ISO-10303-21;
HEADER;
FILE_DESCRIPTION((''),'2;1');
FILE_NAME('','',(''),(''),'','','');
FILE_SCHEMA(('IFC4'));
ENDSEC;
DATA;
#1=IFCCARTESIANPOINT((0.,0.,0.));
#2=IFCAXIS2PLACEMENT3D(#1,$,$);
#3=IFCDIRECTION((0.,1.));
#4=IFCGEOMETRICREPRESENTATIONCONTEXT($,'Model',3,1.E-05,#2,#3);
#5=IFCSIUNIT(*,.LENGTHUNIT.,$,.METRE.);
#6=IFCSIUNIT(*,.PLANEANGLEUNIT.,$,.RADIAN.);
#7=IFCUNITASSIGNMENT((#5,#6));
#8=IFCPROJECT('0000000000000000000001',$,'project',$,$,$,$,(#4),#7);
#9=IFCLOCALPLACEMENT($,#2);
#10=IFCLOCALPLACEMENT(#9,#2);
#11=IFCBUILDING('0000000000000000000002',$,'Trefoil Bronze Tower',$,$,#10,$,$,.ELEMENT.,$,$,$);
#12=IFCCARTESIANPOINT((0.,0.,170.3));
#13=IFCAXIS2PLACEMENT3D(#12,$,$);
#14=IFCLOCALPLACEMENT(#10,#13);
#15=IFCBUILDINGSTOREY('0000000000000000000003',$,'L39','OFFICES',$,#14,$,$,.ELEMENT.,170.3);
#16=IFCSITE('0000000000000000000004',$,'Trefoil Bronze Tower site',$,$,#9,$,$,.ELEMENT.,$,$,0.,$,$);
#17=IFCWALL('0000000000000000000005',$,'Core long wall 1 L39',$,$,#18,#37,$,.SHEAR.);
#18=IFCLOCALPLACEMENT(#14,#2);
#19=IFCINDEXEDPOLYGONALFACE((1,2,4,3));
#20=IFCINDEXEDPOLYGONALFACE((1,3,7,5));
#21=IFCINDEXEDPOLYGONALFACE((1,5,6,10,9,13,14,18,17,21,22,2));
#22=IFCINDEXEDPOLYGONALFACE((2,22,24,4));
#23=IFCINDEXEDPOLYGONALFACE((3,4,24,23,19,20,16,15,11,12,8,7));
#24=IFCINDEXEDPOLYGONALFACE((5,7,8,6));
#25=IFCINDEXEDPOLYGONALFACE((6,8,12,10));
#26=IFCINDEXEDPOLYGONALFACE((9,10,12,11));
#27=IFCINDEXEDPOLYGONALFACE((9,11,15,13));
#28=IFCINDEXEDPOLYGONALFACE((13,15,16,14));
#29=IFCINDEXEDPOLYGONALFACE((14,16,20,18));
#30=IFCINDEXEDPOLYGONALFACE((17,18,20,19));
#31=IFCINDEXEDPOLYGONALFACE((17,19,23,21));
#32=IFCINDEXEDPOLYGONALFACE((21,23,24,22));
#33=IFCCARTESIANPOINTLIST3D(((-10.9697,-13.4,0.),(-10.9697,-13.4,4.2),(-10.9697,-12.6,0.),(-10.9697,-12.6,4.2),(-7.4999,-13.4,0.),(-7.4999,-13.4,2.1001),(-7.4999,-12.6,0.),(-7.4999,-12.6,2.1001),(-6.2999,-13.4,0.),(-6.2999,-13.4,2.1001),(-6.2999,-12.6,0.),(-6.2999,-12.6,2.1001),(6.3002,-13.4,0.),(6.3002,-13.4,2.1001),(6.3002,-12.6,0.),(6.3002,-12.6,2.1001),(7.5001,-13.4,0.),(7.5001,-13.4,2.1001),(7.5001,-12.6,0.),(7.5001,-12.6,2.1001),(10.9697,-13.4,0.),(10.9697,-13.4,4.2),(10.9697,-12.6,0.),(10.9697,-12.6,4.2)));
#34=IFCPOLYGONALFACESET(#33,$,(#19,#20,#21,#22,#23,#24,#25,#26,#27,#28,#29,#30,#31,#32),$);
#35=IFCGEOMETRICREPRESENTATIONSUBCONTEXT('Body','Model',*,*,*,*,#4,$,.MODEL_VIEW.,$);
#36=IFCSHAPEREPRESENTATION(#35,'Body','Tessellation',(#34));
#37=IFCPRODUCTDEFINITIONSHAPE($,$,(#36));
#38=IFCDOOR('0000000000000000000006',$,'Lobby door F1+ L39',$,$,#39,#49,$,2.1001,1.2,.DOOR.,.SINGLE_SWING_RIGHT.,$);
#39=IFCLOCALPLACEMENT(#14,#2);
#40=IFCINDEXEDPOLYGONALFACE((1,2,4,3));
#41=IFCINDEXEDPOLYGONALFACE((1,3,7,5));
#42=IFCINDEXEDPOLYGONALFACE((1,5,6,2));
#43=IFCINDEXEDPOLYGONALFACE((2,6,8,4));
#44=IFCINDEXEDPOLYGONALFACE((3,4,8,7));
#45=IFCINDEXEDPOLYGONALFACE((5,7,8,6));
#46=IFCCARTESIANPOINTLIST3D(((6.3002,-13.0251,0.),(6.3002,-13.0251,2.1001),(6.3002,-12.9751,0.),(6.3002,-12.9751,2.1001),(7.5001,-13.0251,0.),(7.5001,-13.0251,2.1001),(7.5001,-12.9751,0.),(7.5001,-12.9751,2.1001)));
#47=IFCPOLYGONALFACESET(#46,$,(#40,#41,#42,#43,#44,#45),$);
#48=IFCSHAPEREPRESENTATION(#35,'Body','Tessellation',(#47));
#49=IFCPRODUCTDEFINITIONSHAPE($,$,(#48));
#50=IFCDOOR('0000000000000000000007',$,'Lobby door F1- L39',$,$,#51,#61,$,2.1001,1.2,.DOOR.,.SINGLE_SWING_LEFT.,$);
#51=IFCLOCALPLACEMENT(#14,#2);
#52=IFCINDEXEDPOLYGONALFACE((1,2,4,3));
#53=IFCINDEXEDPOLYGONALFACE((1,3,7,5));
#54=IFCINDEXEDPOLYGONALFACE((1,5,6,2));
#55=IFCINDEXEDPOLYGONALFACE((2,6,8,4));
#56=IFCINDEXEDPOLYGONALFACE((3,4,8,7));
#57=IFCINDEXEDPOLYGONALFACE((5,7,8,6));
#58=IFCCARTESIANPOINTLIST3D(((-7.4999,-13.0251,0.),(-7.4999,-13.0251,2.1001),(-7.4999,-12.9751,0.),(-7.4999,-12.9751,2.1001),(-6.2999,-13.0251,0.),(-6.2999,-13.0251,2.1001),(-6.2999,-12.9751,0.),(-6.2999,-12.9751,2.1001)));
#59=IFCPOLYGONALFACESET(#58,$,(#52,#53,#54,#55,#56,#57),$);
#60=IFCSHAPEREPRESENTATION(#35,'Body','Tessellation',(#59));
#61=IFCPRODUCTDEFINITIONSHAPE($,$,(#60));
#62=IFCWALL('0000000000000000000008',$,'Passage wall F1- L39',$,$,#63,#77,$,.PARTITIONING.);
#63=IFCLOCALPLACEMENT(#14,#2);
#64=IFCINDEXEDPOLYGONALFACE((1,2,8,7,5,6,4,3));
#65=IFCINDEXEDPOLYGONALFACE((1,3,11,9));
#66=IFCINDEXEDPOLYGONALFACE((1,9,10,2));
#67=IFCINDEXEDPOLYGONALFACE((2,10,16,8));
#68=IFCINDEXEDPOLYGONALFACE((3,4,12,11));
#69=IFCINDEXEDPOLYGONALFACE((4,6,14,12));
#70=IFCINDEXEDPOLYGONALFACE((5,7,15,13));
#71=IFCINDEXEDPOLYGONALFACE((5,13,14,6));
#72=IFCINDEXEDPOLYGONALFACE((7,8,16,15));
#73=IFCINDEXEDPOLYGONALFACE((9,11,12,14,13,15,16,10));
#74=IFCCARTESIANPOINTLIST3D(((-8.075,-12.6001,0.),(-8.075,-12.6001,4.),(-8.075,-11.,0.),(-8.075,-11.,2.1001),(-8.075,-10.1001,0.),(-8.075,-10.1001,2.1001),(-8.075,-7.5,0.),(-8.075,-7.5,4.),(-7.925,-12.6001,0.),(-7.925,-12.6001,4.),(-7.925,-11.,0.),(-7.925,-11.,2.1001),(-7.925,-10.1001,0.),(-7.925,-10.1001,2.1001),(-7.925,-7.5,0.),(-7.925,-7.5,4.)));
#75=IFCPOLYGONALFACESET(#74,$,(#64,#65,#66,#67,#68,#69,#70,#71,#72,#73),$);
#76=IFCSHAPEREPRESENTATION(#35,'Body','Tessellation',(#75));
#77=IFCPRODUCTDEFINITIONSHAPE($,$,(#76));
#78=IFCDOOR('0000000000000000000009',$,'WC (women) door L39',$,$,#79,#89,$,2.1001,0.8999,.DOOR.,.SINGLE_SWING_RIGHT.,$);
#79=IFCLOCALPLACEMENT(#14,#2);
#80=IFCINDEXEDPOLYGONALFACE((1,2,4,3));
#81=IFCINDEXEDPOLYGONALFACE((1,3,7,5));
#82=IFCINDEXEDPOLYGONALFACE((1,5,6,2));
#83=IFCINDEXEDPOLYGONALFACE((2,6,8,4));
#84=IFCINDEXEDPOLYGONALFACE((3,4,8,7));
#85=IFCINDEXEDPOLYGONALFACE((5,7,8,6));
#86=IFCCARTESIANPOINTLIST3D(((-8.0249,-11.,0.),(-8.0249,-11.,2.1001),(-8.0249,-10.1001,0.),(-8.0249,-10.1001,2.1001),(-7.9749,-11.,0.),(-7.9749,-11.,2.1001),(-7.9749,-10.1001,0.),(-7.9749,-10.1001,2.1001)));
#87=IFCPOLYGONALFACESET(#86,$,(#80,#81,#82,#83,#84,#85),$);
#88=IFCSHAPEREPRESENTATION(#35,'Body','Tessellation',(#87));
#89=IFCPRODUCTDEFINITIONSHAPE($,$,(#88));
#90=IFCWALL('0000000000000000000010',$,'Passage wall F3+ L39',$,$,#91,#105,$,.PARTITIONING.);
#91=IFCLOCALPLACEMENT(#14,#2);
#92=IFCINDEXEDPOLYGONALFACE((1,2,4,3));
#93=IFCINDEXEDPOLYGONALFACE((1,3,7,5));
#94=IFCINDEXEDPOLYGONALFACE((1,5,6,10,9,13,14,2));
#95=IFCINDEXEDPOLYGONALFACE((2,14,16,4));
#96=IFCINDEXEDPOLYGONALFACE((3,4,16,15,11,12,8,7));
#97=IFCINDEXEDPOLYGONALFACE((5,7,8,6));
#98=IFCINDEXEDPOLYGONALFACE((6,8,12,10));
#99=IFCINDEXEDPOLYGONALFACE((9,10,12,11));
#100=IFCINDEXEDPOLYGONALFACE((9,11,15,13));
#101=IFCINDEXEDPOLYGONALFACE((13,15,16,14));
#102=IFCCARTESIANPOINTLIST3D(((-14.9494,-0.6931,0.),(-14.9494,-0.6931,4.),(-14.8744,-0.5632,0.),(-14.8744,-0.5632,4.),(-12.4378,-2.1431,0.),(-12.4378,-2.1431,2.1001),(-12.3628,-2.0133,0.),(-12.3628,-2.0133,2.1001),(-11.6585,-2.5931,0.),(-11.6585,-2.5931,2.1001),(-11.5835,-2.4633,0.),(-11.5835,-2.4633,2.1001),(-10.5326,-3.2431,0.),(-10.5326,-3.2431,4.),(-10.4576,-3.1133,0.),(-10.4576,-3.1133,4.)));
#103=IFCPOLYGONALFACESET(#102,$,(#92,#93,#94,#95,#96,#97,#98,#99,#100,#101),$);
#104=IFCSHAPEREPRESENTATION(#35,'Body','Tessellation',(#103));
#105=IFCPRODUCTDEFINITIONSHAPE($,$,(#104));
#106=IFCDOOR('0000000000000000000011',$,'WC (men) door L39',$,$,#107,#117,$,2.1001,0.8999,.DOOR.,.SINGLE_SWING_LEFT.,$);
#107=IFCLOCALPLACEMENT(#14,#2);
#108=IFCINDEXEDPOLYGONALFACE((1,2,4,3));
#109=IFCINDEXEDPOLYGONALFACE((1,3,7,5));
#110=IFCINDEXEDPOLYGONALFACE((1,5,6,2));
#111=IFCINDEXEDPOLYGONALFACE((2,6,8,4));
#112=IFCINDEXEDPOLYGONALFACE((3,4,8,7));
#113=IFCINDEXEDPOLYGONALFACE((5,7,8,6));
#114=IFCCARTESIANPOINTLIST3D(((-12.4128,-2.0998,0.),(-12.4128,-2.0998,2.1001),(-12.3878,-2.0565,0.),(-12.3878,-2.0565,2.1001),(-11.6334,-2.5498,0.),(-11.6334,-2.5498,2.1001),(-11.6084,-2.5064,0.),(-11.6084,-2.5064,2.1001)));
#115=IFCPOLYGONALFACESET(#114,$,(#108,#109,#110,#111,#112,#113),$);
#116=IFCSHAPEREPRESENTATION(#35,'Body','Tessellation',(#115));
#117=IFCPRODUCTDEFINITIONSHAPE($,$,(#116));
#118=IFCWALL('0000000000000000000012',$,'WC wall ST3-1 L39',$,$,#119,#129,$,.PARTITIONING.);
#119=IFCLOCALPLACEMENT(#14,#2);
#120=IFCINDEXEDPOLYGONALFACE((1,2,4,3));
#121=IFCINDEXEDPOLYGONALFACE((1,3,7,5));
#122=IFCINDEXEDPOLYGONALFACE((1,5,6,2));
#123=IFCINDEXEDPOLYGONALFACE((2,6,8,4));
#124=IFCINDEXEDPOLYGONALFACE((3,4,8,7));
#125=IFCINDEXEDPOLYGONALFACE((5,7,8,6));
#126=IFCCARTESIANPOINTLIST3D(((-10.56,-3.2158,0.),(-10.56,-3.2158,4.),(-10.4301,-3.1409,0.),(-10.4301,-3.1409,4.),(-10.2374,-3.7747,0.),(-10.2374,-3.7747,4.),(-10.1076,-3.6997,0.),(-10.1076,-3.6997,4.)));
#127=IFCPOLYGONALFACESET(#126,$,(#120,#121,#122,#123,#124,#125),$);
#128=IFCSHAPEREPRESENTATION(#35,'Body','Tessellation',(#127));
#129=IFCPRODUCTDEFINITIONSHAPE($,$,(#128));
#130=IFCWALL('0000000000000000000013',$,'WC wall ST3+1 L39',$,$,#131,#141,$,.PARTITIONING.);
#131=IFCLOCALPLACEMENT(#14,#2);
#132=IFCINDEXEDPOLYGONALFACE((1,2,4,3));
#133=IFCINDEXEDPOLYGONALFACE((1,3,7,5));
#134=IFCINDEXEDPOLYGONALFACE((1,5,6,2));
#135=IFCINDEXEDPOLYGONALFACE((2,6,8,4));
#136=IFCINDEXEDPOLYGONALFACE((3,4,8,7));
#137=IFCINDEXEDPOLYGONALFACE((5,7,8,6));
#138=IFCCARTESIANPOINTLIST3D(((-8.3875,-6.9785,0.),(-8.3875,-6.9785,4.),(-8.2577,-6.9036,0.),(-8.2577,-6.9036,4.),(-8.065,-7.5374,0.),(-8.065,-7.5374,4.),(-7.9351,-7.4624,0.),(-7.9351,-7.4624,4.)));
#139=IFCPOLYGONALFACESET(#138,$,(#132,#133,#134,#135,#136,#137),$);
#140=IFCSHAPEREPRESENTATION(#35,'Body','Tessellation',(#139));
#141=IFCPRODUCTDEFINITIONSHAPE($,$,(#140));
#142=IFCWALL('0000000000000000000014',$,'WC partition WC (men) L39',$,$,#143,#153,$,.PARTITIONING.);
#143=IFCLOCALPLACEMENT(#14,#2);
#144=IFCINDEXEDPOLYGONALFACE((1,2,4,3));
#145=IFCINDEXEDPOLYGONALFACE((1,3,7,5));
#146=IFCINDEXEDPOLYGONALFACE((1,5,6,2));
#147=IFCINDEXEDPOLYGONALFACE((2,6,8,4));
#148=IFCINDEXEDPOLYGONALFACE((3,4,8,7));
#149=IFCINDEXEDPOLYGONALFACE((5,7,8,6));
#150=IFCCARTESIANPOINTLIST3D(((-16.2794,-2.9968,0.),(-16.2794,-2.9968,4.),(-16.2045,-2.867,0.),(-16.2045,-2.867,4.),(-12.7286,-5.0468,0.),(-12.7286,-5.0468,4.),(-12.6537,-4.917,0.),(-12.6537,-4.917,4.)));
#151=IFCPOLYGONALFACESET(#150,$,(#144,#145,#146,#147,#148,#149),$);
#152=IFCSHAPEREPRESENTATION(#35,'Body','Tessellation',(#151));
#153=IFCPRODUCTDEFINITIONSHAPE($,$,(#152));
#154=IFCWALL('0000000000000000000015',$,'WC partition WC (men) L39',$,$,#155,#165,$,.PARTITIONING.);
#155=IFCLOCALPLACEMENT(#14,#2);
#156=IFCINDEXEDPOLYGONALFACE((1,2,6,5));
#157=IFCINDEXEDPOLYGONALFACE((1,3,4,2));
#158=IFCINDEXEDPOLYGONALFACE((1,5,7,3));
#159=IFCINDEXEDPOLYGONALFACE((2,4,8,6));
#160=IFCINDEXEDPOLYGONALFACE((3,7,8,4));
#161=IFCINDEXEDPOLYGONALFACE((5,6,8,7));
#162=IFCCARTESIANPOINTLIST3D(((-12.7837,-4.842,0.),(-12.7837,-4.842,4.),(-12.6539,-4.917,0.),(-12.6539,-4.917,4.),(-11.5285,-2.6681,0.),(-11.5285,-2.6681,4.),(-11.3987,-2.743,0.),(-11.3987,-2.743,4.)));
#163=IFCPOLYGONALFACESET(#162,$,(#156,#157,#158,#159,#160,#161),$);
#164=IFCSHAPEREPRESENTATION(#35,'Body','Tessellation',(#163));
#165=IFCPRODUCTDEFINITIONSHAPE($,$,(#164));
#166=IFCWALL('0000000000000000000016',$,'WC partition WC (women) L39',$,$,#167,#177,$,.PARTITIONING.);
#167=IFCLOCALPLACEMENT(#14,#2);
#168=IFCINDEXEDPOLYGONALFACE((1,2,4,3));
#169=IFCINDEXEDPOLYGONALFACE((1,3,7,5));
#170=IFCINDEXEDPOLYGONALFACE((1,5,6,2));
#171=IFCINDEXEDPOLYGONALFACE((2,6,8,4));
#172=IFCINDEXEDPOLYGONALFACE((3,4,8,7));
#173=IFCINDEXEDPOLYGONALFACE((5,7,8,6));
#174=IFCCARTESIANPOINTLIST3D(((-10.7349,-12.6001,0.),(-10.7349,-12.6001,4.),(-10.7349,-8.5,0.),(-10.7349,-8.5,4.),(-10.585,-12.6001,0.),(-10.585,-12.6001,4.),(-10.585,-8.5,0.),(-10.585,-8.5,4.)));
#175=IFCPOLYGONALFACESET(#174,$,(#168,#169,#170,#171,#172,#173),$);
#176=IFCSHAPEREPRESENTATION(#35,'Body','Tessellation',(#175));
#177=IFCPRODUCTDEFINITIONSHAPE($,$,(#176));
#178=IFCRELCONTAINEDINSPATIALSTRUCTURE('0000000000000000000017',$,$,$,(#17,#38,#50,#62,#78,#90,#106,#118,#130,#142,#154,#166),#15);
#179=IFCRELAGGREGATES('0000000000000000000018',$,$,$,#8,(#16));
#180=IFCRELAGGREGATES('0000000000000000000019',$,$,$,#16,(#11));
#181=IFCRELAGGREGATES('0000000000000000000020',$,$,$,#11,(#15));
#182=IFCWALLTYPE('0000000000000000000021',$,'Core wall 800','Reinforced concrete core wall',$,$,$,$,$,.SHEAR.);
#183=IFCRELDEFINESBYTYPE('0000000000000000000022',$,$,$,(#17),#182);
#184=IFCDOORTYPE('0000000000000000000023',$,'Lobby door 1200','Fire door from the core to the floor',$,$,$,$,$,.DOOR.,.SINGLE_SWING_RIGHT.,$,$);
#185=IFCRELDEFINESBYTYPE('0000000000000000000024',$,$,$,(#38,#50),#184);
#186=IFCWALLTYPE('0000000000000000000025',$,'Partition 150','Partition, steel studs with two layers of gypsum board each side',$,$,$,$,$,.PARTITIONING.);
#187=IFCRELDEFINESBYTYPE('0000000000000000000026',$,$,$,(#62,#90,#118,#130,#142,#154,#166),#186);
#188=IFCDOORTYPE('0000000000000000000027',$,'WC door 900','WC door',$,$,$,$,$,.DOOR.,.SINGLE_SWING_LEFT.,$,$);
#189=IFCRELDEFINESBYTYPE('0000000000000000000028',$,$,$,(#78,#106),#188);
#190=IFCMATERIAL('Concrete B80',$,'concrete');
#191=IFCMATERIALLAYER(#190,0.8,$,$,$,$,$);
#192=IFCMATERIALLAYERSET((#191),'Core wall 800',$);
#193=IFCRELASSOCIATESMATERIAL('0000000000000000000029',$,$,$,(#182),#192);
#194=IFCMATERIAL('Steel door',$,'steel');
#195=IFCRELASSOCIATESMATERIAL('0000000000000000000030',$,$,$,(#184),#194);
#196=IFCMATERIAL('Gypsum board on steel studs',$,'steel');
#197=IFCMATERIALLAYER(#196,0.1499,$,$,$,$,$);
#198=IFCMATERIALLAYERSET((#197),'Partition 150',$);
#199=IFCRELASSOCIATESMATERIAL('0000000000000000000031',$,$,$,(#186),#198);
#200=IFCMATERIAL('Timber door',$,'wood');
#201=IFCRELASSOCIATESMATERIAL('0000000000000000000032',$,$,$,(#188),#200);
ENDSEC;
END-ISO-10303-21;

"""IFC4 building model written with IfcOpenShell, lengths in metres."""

from ifc_helpers import new_model, si_unit, direction, frame, frame_2d, origin, place, context, subcontext, project, spatial, rectangle, extrude, material, layer, layer_set, type_object, element, fill, save


model = new_model("IFC4")

# Units and contexts
model_context = context("Model", 3, precision=1e-05, world=origin(), true_north=direction((0.0, 1.0)))
body_context = subcontext(model_context, "Body", "Model", "MODEL_VIEW")
ifc_project = project(units=[si_unit("LENGTHUNIT", "METRE"), si_unit("PLANEANGLEUNIT", "RADIAN")], contexts=[model_context])

# Site, building, storey
site_placement = place(None, origin())
site = spatial("IfcSite", under=ifc_project, at=site_placement, Name="Trefoil Bronze Tower site", CompositionType="ELEMENT", RefElevation=0.0)
building_placement = place(site_placement, origin())
building = spatial("IfcBuilding", under=site, at=building_placement, Name="Trefoil Bronze Tower", CompositionType="ELEMENT")
storey_placement = place(building_placement, frame((0.0, 0.0, 170.3)))
storey = spatial("IfcBuildingStorey", under=building, at=storey_placement, Name="L39", Description="OFFICES", CompositionType="ELEMENT", Elevation=170.3)

# Wall, openings, doors
ifc_material_1 = material(Name="Concrete B80", Category="concrete")
ifc_layer_1 = layer(ifc_material_1, 0.8)
ifc_layer_set_1 = layer_set([ifc_layer_1], Name="Core wall 800")
wall_type_1 = type_object("IfcWallType", Name="Core wall 800", Description="Reinforced concrete core wall", PredefinedType="SHEAR", material=ifc_layer_set_1)
wall_1_placement = place(storey_placement, frame((-10.9697, -13.0, 0.0), z_axis=(0.0, 0.0, 1.0), x_axis=(1.0, 0.0, 0.0)))
wall_1 = element("IfcWall", 1, at=wall_1_placement, inside=storey, type_object=wall_type_1, Name="Core long wall 1 L39", PredefinedType="SHEAR", context=body_context, shape_type="SweptSolid", body=[
    extrude(rectangle(XDim=21.9395, YDim=0.8, at=frame_2d((10.9697, 0.0))), origin(), (0.0, 0.0, 1.0), 4.2),
])
opening_1_placement = place(wall_1_placement, frame((17.2698, 0.0, 0.0)))
opening_1 = element("IfcOpeningElement", 2, at=opening_1_placement, cuts=wall_1, PredefinedType="OPENING", context=body_context, shape_type="SweptSolid", body=[
    extrude(rectangle(XDim=1.2, YDim=2.1001, at=frame_2d((0.6001, 1.05))), frame((0.0, 0.4099, 0.0), z_axis=(0.0, -1.0, 0.0), x_axis=(1.0, 0.0, 0.0)), (0.0, 0.0, 1.0), 0.8201),
])
opening_2_placement = place(wall_1_placement, frame((3.4697, 0.0, 0.0)))
opening_2 = element("IfcOpeningElement", 3, at=opening_2_placement, cuts=wall_1, PredefinedType="OPENING", context=body_context, shape_type="SweptSolid", body=[
    extrude(rectangle(XDim=1.2, YDim=2.1001, at=frame_2d((0.6001, 1.05))), frame((0.0, 0.4099, 0.0), z_axis=(0.0, -1.0, 0.0), x_axis=(1.0, 0.0, 0.0)), (0.0, 0.0, 1.0), 0.8201),
])
ifc_material_2 = material(Name="Steel door", Category="steel")
door_type_1 = type_object("IfcDoorType", Name="Lobby door 1200", Description="Fire door from the core to the floor", OperationType="SINGLE_SWING_RIGHT", PredefinedType="DOOR", material=ifc_material_2)
door_1_placement = place(opening_1_placement, origin())
door_1 = element("IfcDoor", 4, at=door_1_placement, inside=storey, type_object=door_type_1, Name="Lobby door F1+ L39", OperationType="SINGLE_SWING_RIGHT", OverallHeight=2.1001, OverallWidth=1.2, PredefinedType="DOOR", context=body_context, shape_type="SweptSolid", body=[
    extrude(rectangle(XDim=1.2, YDim=2.1001, at=frame_2d((0.6001, 1.05))), frame((0.0, 0.0249, 0.0), z_axis=(0.0, -1.0, 0.0), x_axis=(1.0, 0.0, 0.0)), (0.0, 0.0, 1.0), 0.05),
])
fill(opening_1, door_1)
door_2_placement = place(opening_2_placement, origin())
door_2 = element("IfcDoor", 5, at=door_2_placement, inside=storey, type_object=door_type_1, Name="Lobby door F1- L39", OperationType="SINGLE_SWING_LEFT", OverallHeight=2.1001, OverallWidth=1.2, PredefinedType="DOOR", context=body_context, shape_type="SweptSolid", body=[
    extrude(rectangle(XDim=1.2, YDim=2.1001, at=frame_2d((0.6001, 1.05))), frame((0.0, 0.0249, 0.0), z_axis=(0.0, -1.0, 0.0), x_axis=(1.0, 0.0, 0.0)), (0.0, 0.0, 1.0), 0.05),
])
fill(opening_2, door_2)

# Walls, openings, doors
ifc_material_3 = material(Name="Gypsum board on steel studs", Category="steel")
ifc_layer_2 = layer(ifc_material_3, 0.1499)
ifc_layer_set_2 = layer_set([ifc_layer_2], Name="Partition 150")
wall_type_2 = type_object("IfcWallType", Name="Partition 150", Description="Partition, steel studs with two layers of gypsum board each side", PredefinedType="PARTITIONING", material=ifc_layer_set_2)
wall_2_placement = place(storey_placement, frame((-8.0, -7.5, 0.0), z_axis=(0.0, 0.0, 1.0), x_axis=(0.0, -1.0, 0.0)))
wall_2 = element("IfcWall", 6, at=wall_2_placement, inside=storey, type_object=wall_type_2, Name="Passage wall F1- L39", PredefinedType="PARTITIONING", context=body_context, shape_type="SweptSolid", body=[
    extrude(rectangle(XDim=5.1001, YDim=0.1499, at=frame_2d((2.55, 0.0))), origin(), (0.0, 0.0, 1.0), 4.0),
])
opening_3_placement = place(wall_2_placement, frame((2.6001, 0.0, 0.0)))
opening_3 = element("IfcOpeningElement", 7, at=opening_3_placement, cuts=wall_2, PredefinedType="OPENING", context=body_context, shape_type="SweptSolid", body=[
    extrude(rectangle(XDim=0.8999, YDim=2.1001, at=frame_2d((0.45, 1.05))), frame((0.0, 0.085, 0.0), z_axis=(0.0, -1.0, 0.0), x_axis=(1.0, 0.0, 0.0)), (0.0, 0.0, 1.0), 0.1699),
])
ifc_material_4 = material(Name="Timber door", Category="wood")
door_type_2 = type_object("IfcDoorType", Name="WC door 900", Description="WC door", OperationType="SINGLE_SWING_LEFT", PredefinedType="DOOR", material=ifc_material_4)
door_3_placement = place(opening_3_placement, frame((0.8999, 0.0, 0.0), z_axis=(0.0, 0.0, 1.0), x_axis=(-1.0, 0.0, 0.0)))
door_3 = element("IfcDoor", 8, at=door_3_placement, inside=storey, type_object=door_type_2, Name="WC (women) door L39", OperationType="SINGLE_SWING_RIGHT", OverallHeight=2.1001, OverallWidth=0.8999, PredefinedType="DOOR", context=body_context, shape_type="SweptSolid", body=[
    extrude(rectangle(XDim=0.8999, YDim=2.1001, at=frame_2d((0.45, 1.05))), frame((0.0, 0.0249, 0.0), z_axis=(0.0, -1.0, 0.0), x_axis=(1.0, 0.0, 0.0)), (0.0, 0.0, 1.0), 0.05),
])
fill(opening_3, door_3)
wall_3_placement = place(storey_placement, frame((-10.4951, -3.1782, 0.0), z_axis=(0.0, 0.0, 1.0), x_axis=(-0.866022, 0.500006, 0.0)))
wall_3 = element("IfcWall", 9, at=wall_3_placement, inside=storey, type_object=wall_type_2, Name="Passage wall F3+ L39", PredefinedType="PARTITIONING", context=body_context, shape_type="SweptSolid", body=[
    extrude(rectangle(XDim=5.1001, YDim=0.1499, at=frame_2d((2.55, 0.0))), origin(), (0.0, 0.0, 1.0), 4.0),
])
opening_4_placement = place(wall_3_placement, frame((1.3, 0.0, 0.0)))
opening_4 = element("IfcOpeningElement", 10, at=opening_4_placement, cuts=wall_3, PredefinedType="OPENING", context=body_context, shape_type="SweptSolid", body=[
    extrude(rectangle(XDim=0.8999, YDim=2.1001, at=frame_2d((0.45, 1.05))), frame((0.0, 0.085, 0.0), z_axis=(0.0, -1.0, 0.0), x_axis=(1.0, 0.0, 0.0)), (0.0, 0.0, 1.0), 0.1699),
])
door_4_placement = place(opening_4_placement, origin())
door_4 = element("IfcDoor", 11, at=door_4_placement, inside=storey, type_object=door_type_2, Name="WC (men) door L39", OperationType="SINGLE_SWING_LEFT", OverallHeight=2.1001, OverallWidth=0.8999, PredefinedType="DOOR", context=body_context, shape_type="SweptSolid", body=[
    extrude(rectangle(XDim=0.8999, YDim=2.1001, at=frame_2d((0.45, 1.05))), frame((0.0, 0.0249, 0.0), z_axis=(0.0, -1.0, 0.0), x_axis=(1.0, 0.0, 0.0)), (0.0, 0.0, 1.0), 0.05),
])
fill(opening_4, door_4)

# Walls
for number, where, z_axis, x_axis, name in (
    (12, (-10.4951, -3.1782, 0.0), (0.0, 0.0, 1.0), (0.499843, -0.866116, 0.0), "WC wall ST3-1 L39"),
    (13, (-8.0, -7.5, 0.0), (0.0, 0.0, 1.0), (-0.499843, 0.866116, 0.0), "WC wall ST3+1 L39"),
):
    element("IfcWall", number, at=place(storey_placement, frame(where, z_axis=z_axis, x_axis=x_axis)), inside=storey, type_object=wall_type_2, Name=name, PredefinedType="PARTITIONING", context=body_context, shape_type="SweptSolid", body=[
        extrude(rectangle(XDim=0.6453, YDim=0.1499, at=frame_2d((0.3228, 0.0))), origin(), (0.0, 0.0, 1.0), 4.0),
    ])
wall_4_placement = place(storey_placement, frame((-12.6912, -4.9819, 0.0), z_axis=(0.0, 0.0, 1.0), x_axis=(-0.866025, 0.500001, 0.0)))
element("IfcWall", 14, at=wall_4_placement, inside=storey, type_object=wall_type_2, Name="WC partition WC (men) L39", PredefinedType="PARTITIONING", context=body_context, shape_type="SweptSolid", body=[
    extrude(rectangle(XDim=4.1001, YDim=0.1499, at=frame_2d((2.05, 0.0))), origin(), (0.0, 0.0, 1.0), 4.0),
])
wall_5_placement = place(storey_placement, frame((-11.4636, -2.7056, 0.0), z_axis=(0.0, 0.0, 1.0), x_axis=(-0.50002, -0.866014, 0.0)))
element("IfcWall", 15, at=wall_5_placement, inside=storey, type_object=wall_type_2, Name="WC partition WC (men) L39", PredefinedType="PARTITIONING", context=body_context, shape_type="SweptSolid", body=[
    extrude(rectangle(XDim=2.5103, YDim=0.1499, at=frame_2d((1.2551, 0.0))), origin(), (0.0, 0.0, 1.0), 4.0),
])
wall_6_placement = place(storey_placement, frame((-10.6599, -8.5, 0.0), z_axis=(0.0, 0.0, 1.0), x_axis=(0.0, -1.0, 0.0)))
element("IfcWall", 16, at=wall_6_placement, inside=storey, type_object=wall_type_2, Name="WC partition WC (women) L39", PredefinedType="PARTITIONING", context=body_context, shape_type="SweptSolid", body=[
    extrude(rectangle(XDim=4.1001, YDim=0.1499, at=frame_2d((2.05, 0.0))), origin(), (0.0, 0.0, 1.0), 4.0),
])

save(model, "model.ifc")
